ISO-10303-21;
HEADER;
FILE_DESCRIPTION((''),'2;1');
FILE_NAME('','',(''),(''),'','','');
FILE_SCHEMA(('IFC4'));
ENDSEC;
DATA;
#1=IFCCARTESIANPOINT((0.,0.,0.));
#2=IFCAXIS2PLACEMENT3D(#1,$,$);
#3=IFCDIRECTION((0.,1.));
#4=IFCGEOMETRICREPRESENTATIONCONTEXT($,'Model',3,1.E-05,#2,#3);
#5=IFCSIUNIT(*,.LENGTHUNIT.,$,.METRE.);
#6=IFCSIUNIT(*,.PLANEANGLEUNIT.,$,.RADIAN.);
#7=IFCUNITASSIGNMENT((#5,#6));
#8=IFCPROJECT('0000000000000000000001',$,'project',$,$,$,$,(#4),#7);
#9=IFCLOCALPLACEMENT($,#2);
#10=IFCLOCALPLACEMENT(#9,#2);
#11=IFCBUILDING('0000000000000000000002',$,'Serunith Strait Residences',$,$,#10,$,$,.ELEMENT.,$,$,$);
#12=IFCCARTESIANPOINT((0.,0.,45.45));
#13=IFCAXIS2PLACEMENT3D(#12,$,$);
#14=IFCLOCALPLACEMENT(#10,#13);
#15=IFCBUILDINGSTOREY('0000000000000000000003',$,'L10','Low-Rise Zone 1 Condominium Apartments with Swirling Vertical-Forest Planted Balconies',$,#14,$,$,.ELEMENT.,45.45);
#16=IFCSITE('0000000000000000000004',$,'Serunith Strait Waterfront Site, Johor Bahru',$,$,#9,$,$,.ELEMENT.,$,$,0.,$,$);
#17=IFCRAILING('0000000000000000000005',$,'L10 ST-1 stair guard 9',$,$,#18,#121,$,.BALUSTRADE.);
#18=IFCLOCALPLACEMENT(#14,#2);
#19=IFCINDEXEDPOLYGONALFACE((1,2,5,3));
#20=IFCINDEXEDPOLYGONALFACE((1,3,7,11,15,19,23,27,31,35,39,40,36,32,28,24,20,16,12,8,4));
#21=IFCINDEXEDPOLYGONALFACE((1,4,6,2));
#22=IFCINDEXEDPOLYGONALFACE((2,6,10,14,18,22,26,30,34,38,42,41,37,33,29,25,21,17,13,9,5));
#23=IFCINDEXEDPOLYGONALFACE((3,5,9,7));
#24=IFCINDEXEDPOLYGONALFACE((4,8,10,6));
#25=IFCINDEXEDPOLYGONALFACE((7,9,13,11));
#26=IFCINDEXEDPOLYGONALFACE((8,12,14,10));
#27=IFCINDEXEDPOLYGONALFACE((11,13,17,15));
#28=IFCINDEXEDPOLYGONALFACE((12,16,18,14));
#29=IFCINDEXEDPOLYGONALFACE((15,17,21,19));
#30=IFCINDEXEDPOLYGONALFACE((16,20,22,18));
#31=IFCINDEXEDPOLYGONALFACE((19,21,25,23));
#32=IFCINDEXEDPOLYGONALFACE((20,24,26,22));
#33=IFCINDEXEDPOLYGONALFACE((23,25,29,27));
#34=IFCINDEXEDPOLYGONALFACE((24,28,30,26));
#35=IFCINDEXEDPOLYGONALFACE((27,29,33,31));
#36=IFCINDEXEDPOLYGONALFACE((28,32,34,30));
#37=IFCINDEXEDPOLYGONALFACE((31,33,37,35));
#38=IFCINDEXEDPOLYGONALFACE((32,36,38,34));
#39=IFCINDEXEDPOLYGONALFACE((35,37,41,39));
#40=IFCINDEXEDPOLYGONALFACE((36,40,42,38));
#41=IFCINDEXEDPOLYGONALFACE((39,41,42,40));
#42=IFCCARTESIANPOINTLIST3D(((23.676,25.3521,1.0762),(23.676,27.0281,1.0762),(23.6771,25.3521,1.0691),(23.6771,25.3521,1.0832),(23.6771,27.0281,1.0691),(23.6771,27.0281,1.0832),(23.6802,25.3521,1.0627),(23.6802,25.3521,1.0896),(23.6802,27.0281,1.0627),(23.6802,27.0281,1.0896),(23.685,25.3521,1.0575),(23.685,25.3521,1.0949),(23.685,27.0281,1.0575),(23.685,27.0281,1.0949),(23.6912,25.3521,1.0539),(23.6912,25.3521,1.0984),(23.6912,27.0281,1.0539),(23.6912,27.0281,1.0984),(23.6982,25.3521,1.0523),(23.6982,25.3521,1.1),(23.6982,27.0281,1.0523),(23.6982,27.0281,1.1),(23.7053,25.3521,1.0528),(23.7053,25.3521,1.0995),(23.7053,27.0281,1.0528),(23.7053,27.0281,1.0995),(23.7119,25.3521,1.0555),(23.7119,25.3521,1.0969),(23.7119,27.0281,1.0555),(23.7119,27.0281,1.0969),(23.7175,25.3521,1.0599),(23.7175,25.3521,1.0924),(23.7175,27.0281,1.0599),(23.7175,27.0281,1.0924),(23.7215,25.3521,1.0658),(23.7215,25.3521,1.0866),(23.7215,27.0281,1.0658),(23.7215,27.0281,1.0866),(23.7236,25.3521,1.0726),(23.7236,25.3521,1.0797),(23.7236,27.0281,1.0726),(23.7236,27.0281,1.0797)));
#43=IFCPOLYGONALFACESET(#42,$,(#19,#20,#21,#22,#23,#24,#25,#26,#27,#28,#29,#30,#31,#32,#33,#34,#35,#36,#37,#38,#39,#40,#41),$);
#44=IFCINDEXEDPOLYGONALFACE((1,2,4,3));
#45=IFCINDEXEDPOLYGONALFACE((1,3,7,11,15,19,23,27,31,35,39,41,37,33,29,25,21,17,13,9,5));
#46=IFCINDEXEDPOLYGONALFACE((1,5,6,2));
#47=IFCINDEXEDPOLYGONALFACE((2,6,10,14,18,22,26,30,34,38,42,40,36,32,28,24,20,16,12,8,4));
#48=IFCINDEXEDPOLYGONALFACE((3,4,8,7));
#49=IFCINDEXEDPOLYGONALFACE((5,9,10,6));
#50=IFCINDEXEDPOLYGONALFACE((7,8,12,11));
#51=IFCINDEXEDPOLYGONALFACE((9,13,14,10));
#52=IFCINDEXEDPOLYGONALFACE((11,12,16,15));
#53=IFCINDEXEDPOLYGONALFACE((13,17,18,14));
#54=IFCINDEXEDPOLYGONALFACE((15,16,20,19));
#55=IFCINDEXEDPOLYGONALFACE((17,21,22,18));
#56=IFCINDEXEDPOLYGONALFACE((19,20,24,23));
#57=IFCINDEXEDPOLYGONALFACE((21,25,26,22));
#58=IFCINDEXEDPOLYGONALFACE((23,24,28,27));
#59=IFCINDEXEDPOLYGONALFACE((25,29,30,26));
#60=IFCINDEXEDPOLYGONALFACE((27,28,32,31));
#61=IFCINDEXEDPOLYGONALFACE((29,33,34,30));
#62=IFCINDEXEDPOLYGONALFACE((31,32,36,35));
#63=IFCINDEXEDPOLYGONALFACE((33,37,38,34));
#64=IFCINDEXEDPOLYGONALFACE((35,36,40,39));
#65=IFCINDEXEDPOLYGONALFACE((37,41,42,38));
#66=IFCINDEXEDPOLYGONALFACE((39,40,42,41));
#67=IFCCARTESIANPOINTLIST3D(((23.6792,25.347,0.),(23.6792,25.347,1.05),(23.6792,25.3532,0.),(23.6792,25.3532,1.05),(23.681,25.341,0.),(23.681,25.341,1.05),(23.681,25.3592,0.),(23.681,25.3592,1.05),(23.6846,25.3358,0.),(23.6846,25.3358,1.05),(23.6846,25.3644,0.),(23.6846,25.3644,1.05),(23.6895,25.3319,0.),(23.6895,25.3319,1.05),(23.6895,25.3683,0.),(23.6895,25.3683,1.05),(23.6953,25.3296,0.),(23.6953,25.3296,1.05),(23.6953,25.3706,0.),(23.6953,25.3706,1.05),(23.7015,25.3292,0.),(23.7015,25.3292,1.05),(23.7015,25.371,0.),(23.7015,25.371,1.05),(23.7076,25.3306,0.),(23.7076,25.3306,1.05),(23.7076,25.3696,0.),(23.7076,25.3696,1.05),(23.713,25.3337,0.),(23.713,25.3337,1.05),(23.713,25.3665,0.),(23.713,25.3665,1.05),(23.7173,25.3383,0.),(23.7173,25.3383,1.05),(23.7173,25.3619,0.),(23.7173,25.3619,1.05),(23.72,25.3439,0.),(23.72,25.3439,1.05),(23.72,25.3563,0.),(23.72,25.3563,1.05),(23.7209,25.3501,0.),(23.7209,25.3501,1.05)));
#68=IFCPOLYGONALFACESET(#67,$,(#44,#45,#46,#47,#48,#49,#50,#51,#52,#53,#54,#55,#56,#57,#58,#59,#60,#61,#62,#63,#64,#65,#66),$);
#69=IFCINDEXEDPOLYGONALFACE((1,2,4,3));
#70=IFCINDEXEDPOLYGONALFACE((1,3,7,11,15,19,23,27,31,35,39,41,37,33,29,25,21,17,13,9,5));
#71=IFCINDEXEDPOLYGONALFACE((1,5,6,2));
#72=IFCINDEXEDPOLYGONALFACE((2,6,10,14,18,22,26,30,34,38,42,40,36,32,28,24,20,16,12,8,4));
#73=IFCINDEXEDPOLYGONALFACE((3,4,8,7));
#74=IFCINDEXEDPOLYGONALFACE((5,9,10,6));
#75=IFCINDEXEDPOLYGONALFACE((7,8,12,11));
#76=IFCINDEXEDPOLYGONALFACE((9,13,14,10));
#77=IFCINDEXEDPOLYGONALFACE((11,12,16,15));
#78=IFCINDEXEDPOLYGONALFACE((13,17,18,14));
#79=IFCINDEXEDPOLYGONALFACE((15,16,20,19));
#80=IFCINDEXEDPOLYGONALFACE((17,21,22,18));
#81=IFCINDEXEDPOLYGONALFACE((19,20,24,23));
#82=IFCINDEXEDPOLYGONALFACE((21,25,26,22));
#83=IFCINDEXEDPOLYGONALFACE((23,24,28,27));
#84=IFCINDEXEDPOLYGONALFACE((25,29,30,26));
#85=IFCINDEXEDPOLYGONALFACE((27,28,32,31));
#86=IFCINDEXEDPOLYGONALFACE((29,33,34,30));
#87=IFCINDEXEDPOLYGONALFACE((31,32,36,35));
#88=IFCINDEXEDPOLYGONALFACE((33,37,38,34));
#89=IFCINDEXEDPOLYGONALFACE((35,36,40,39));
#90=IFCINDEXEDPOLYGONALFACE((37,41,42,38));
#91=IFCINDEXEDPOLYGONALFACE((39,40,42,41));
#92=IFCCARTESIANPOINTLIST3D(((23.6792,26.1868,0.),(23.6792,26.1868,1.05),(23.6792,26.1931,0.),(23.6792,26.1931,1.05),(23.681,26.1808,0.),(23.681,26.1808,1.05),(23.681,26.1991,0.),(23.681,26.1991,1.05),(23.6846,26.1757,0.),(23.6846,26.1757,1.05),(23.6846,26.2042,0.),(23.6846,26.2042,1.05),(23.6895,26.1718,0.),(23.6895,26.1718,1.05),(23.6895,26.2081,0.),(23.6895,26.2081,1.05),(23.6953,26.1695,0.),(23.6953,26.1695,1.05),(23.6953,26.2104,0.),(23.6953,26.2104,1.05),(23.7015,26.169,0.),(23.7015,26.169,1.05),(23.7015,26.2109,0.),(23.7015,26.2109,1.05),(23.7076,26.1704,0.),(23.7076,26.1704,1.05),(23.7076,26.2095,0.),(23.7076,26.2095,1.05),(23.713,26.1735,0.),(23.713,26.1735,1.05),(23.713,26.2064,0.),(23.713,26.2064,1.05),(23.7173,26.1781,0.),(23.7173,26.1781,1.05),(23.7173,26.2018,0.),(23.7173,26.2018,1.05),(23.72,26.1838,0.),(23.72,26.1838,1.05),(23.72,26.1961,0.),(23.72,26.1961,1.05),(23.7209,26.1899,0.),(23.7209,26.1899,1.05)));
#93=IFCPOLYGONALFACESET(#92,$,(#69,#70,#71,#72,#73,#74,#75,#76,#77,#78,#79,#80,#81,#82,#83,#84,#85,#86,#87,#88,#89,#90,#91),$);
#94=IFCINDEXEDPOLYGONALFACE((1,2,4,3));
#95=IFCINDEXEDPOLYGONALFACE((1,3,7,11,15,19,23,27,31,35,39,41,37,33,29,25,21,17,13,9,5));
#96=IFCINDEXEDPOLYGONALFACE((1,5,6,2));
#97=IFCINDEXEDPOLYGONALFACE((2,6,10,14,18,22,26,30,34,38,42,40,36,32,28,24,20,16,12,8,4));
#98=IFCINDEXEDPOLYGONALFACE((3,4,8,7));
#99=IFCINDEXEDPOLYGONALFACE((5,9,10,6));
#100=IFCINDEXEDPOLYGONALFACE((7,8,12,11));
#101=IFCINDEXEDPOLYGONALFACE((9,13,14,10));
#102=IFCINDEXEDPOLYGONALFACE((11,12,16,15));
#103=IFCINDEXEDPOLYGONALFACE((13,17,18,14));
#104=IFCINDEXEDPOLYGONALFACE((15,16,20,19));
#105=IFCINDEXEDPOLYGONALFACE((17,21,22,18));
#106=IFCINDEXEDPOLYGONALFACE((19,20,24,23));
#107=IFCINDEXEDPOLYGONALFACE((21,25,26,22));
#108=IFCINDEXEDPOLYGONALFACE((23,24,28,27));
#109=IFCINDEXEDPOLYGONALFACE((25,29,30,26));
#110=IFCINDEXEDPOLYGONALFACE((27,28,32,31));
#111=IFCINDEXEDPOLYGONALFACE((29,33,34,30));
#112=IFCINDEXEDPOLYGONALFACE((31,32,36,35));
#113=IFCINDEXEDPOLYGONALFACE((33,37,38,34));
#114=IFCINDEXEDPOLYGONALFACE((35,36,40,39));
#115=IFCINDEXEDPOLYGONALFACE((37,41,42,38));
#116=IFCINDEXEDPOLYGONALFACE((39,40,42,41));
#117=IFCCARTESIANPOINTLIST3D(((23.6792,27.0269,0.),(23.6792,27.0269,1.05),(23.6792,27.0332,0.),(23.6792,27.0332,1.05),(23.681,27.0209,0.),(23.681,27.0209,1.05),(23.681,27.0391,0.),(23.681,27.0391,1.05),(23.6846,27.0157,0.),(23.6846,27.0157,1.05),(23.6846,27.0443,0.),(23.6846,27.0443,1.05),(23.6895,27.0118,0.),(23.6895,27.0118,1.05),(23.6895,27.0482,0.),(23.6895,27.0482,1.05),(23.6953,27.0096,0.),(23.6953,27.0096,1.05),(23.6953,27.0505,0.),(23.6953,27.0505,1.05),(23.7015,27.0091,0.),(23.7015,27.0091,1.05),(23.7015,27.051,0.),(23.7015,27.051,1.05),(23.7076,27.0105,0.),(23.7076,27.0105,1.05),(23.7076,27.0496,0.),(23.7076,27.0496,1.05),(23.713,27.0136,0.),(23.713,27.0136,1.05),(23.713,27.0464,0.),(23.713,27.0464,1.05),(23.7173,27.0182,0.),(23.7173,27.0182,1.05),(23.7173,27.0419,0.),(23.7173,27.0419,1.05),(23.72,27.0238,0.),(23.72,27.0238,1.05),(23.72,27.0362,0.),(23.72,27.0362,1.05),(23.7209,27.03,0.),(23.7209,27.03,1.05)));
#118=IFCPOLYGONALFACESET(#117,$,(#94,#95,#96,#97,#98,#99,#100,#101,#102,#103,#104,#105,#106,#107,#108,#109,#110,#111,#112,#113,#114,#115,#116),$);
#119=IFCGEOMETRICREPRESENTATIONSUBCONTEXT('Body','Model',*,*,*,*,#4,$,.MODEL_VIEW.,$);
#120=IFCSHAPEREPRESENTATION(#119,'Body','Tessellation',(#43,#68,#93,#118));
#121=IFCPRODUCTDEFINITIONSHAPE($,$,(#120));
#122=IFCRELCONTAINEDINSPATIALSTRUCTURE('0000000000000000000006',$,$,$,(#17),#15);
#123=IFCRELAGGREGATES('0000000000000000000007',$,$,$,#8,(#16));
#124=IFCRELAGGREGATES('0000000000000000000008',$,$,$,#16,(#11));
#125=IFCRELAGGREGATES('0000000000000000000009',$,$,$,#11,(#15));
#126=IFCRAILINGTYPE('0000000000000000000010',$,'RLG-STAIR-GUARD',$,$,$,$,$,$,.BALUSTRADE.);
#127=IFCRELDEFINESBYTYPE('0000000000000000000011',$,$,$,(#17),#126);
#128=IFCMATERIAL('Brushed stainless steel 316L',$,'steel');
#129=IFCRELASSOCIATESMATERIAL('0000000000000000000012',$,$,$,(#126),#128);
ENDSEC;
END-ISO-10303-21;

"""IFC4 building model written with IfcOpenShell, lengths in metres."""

from ifc_helpers import new_model, si_unit, direction, frame, origin, origin_2d, place, context, subcontext, project, spatial, circle, extrude, material, type_object, element, save


model = new_model("IFC4")

# Units and contexts
model_context = context("Model", 3, precision=1e-05, world=origin(), true_north=direction((0.0, 1.0)))
body_context = subcontext(model_context, "Body", "Model", "MODEL_VIEW")
ifc_project = project(units=[si_unit("LENGTHUNIT", "METRE"), si_unit("PLANEANGLEUNIT", "RADIAN")], contexts=[model_context])

# Site, building, storey
site_placement = place(None, origin())
site = spatial("IfcSite", under=ifc_project, at=site_placement, Name="Serunith Strait Waterfront Site, Johor Bahru", CompositionType="ELEMENT", RefElevation=0.0)
building_placement = place(site_placement, origin())
building = spatial("IfcBuilding", under=site, at=building_placement, Name="Serunith Strait Residences", CompositionType="ELEMENT")
storey_placement = place(building_placement, frame((0.0, 0.0, 45.45)))
storey = spatial("IfcBuildingStorey", under=building, at=storey_placement, Name="L10", Description="Low-Rise Zone 1 Condominium Apartments with Swirling Vertical-Forest Planted Balconies", CompositionType="ELEMENT", Elevation=45.45)

# Railing
ifc_material_1 = material(Name="Brushed stainless steel 316L", Category="steel")
railing_type_1 = type_object("IfcRailingType", Name="RLG-STAIR-GUARD", PredefinedType="BALUSTRADE", material=ifc_material_1)
for number, where, name in (
    (1, (23.7, 25.3501, 0.0), "L10 ST-1 stair guard 9"),
):
    element("IfcRailing", number, at=place(storey_placement, frame(where)), inside=storey, type_object=railing_type_1, Name=name, PredefinedType="BALUSTRADE", context=body_context, shape_type="SweptSolid", body=[
        extrude(circle(Radius=0.0239, at=origin_2d()), frame((0.0, 0.002, 1.0762), z_axis=(0.0, 1.0, 0.0), x_axis=(-1.0, 0.0, 0.0)), (0.0, 0.0, 1.0), 1.676),
        extrude(circle(Radius=0.021, at=origin_2d()), origin(), (0.0, 0.0, 1.0), 1.05),
        extrude(circle(Radius=0.021, at=origin_2d()), frame((0.0, 0.8398, 0.0)), (0.0, 0.0, 1.0), 1.05),
        extrude(circle(Radius=0.021, at=origin_2d()), frame((0.0, 1.6799, 0.0)), (0.0, 0.0, 1.0), 1.05),
    ])

save(model, "model.ifc")
